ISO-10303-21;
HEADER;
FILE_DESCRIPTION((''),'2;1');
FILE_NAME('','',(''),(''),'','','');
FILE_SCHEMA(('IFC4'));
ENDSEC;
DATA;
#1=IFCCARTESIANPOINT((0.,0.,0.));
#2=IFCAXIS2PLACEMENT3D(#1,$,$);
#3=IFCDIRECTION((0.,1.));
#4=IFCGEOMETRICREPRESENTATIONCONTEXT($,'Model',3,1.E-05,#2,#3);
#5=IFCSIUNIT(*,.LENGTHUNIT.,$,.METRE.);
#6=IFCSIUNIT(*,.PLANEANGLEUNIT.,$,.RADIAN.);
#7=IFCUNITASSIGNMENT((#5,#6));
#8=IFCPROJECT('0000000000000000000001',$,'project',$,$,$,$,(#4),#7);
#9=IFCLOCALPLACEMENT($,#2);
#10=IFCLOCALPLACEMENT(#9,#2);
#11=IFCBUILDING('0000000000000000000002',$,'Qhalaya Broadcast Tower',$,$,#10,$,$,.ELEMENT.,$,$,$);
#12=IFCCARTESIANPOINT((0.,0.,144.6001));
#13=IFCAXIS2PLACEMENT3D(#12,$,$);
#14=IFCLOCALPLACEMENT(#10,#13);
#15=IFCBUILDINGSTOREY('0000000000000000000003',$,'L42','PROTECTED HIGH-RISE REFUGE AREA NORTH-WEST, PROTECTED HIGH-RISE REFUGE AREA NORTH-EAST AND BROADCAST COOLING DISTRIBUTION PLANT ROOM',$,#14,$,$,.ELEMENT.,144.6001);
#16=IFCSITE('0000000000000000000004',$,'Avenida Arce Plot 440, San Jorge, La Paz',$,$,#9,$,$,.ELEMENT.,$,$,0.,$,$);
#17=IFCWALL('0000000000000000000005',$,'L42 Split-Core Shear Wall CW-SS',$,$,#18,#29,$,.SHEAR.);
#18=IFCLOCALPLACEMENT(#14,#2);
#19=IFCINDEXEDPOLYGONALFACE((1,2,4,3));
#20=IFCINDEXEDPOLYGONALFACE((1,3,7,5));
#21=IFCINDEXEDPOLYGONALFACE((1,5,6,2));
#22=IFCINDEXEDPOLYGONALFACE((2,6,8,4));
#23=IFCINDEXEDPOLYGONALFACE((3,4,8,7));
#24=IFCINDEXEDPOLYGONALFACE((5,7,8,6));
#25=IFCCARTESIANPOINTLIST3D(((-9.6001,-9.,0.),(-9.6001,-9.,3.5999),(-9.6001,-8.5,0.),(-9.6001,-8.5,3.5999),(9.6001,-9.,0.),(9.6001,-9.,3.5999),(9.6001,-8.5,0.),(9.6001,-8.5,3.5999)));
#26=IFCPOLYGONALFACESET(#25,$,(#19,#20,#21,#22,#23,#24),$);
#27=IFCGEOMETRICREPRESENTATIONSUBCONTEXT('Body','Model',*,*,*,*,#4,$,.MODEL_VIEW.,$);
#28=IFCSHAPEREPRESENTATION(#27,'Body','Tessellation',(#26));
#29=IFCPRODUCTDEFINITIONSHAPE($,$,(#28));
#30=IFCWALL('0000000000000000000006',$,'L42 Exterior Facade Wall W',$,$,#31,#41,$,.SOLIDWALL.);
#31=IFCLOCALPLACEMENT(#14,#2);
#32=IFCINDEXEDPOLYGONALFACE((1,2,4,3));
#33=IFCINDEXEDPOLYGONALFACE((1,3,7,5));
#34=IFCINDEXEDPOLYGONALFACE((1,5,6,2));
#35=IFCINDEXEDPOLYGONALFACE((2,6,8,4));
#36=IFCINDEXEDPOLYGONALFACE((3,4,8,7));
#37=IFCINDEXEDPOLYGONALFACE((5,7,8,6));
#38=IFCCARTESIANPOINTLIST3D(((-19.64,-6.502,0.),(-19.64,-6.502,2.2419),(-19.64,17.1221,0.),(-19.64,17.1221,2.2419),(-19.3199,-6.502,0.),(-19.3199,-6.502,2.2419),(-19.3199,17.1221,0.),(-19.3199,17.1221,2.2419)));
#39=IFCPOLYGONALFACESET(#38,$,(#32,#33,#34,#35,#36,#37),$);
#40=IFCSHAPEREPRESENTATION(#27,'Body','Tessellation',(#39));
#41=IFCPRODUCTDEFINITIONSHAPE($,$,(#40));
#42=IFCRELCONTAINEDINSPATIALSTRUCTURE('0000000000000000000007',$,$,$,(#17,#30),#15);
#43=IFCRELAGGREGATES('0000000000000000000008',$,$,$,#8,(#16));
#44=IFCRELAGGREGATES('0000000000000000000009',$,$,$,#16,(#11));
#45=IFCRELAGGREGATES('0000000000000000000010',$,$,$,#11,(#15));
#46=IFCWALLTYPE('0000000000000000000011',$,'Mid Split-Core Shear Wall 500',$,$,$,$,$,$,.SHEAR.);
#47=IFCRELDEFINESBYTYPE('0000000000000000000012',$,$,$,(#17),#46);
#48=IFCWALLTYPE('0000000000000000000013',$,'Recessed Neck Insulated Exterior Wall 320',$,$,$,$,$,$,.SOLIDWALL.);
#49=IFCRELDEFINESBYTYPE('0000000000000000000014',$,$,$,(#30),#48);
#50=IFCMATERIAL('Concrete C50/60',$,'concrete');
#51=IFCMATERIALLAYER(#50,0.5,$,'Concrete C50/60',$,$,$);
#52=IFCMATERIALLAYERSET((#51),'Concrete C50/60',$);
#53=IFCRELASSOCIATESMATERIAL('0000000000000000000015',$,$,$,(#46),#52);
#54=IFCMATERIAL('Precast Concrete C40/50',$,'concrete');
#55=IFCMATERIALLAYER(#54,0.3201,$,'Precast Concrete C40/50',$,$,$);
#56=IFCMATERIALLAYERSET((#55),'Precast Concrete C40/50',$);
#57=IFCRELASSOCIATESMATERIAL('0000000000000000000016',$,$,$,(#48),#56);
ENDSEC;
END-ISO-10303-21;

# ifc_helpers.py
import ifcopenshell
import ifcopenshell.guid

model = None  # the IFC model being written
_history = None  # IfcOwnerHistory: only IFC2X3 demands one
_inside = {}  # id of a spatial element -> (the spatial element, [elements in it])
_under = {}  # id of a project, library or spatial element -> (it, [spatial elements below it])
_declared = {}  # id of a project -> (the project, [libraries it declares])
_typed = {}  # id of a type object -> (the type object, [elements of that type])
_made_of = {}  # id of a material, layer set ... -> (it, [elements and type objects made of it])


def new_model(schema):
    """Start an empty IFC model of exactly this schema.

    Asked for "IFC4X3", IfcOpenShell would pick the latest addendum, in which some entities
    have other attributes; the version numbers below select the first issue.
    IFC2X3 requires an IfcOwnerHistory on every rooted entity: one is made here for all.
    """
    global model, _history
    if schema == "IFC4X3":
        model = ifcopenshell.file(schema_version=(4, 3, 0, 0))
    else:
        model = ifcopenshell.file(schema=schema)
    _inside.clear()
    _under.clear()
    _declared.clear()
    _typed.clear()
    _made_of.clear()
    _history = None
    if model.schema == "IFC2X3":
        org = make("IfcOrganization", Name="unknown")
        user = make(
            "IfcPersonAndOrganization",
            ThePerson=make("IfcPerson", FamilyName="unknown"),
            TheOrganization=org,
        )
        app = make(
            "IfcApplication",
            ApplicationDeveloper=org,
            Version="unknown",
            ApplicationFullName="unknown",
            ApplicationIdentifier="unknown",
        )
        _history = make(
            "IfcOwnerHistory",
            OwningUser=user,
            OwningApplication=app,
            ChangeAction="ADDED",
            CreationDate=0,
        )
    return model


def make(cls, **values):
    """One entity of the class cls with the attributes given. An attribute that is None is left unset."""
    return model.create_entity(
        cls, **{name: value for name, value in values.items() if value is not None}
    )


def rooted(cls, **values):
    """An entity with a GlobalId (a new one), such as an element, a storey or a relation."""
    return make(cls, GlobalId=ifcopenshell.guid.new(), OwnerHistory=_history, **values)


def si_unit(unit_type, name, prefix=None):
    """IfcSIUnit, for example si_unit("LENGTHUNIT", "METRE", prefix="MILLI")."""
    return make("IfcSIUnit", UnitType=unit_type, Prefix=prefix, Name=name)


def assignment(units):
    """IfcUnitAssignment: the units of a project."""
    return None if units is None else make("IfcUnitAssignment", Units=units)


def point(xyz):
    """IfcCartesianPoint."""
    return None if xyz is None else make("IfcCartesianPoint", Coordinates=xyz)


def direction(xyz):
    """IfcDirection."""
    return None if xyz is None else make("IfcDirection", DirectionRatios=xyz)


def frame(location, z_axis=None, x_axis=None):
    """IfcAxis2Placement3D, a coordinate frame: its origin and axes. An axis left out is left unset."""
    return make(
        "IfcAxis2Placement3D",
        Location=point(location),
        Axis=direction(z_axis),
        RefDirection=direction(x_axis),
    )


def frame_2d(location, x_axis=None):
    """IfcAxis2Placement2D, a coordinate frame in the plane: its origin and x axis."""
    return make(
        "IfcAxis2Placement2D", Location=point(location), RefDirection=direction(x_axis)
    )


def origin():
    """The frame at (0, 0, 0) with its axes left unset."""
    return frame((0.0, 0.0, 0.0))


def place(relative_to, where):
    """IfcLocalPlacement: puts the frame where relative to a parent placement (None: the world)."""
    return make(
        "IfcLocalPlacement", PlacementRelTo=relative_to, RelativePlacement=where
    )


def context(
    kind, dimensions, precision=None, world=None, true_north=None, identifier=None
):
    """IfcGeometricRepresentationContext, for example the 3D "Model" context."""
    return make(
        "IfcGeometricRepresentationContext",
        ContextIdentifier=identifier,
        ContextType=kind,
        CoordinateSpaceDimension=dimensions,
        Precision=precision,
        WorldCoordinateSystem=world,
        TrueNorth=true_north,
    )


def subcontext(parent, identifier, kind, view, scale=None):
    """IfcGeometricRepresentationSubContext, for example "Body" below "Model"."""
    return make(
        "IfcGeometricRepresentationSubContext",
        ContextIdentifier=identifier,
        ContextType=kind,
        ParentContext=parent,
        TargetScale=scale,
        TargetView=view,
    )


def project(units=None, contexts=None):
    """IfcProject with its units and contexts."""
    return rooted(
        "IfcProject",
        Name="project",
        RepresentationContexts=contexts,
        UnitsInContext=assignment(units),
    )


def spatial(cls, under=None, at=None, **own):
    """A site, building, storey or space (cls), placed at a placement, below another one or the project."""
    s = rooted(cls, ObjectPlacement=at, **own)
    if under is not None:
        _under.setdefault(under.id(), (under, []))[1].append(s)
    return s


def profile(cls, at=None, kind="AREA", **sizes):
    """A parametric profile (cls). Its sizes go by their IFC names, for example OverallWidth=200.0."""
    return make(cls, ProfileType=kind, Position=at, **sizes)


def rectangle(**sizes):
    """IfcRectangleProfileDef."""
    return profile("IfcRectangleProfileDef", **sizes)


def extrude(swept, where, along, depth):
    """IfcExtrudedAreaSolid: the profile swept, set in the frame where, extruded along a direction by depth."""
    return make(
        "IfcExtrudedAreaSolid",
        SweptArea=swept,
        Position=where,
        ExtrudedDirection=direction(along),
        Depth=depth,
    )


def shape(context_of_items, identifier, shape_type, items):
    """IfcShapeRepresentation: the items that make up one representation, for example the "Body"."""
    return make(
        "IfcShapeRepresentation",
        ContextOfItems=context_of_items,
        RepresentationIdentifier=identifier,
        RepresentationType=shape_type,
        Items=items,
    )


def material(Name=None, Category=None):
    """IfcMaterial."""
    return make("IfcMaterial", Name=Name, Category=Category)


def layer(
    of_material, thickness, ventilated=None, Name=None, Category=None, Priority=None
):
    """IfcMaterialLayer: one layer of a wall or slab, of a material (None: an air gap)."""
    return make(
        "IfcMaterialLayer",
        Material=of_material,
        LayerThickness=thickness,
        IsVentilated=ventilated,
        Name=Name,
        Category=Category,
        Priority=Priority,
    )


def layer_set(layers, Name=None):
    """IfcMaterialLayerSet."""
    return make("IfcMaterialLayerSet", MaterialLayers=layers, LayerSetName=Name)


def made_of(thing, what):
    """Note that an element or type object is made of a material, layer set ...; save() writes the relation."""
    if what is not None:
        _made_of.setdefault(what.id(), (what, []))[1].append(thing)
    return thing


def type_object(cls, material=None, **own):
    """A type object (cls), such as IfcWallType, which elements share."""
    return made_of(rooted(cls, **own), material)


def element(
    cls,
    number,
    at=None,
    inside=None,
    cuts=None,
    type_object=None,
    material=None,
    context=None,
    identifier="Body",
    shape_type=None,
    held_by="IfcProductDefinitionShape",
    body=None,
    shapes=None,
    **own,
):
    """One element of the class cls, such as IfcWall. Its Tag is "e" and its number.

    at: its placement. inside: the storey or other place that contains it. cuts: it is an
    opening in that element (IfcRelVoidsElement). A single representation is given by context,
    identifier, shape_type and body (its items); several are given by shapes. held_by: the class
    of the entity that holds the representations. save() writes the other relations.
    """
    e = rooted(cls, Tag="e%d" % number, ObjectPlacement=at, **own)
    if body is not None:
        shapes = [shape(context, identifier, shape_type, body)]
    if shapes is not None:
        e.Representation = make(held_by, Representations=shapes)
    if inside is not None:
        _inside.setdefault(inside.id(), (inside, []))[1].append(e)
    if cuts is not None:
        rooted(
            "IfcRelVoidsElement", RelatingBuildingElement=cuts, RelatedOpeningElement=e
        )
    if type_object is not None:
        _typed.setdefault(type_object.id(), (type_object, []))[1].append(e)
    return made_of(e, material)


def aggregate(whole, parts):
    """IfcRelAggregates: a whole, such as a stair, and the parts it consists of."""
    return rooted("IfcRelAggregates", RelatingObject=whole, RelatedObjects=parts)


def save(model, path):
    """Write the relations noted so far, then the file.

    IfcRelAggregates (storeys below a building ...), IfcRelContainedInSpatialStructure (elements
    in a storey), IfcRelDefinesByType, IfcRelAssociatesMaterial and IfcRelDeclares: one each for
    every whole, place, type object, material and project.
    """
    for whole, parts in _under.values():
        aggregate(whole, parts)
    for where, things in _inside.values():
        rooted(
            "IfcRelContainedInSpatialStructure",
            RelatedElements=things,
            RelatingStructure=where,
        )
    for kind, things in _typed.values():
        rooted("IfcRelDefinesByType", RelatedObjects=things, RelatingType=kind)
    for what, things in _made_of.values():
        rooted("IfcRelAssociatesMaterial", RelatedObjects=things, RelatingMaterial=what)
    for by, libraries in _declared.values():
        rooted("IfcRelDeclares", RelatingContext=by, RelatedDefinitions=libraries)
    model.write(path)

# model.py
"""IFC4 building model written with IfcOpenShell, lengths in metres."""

from ifc_helpers import new_model, si_unit, direction, frame, frame_2d, origin, place, context, subcontext, project, spatial, rectangle, extrude, material, layer, layer_set, type_object, element, save


model = new_model("IFC4")

# Units and contexts
model_context = context("Model", 3, precision=1e-05, world=origin(), true_north=direction((0.0, 1.0)))
body_context = subcontext(model_context, "Body", "Model", "MODEL_VIEW")
ifc_project = project(units=[si_unit("LENGTHUNIT", "METRE"), si_unit("PLANEANGLEUNIT", "RADIAN")], contexts=[model_context])

# Site, building, storey
site_placement = place(None, origin())
site = spatial("IfcSite", under=ifc_project, at=site_placement, Name="Avenida Arce Plot 440, San Jorge, La Paz", CompositionType="ELEMENT", RefElevation=0.0)
building_placement = place(site_placement, origin())
building = spatial("IfcBuilding", under=site, at=building_placement, Name="Qhalaya Broadcast Tower", CompositionType="ELEMENT")
storey_placement = place(building_placement, frame((0.0, 0.0, 144.6001)))
storey = spatial("IfcBuildingStorey", under=building, at=storey_placement, Name="L42", Description="PROTECTED HIGH-RISE REFUGE AREA NORTH-WEST, PROTECTED HIGH-RISE REFUGE AREA NORTH-EAST AND BROADCAST COOLING DISTRIBUTION PLANT ROOM", CompositionType="ELEMENT", Elevation=144.6001)

# Wall
ifc_material_1 = material(Name="Concrete C50/60", Category="concrete")
ifc_layer_1 = layer(ifc_material_1, 0.5, Name="Concrete C50/60")
ifc_layer_set_1 = layer_set([ifc_layer_1], Name="Concrete C50/60")
wall_type_1 = type_object("IfcWallType", Name="Mid Split-Core Shear Wall 500", PredefinedType="SHEAR", material=ifc_layer_set_1)
wall_1_placement = place(storey_placement, frame((-9.6001, -8.75, 0.0), z_axis=(0.0, 0.0, 1.0), x_axis=(1.0, 0.0, 0.0)))
element("IfcWall", 1, at=wall_1_placement, inside=storey, type_object=wall_type_1, Name="L42 Split-Core Shear Wall CW-SS", PredefinedType="SHEAR", context=body_context, shape_type="SweptSolid", body=[
    extrude(rectangle(XDim=19.2002, YDim=0.5, at=frame_2d((9.6001, 0.0))), origin(), (0.0, 0.0, 1.0), 3.5999),
])

# Wall
ifc_material_2 = material(Name="Precast Concrete C40/50", Category="concrete")
ifc_layer_2 = layer(ifc_material_2, 0.3201, Name="Precast Concrete C40/50")
ifc_layer_set_2 = layer_set([ifc_layer_2], Name="Precast Concrete C40/50")
wall_type_2 = type_object("IfcWallType", Name="Recessed Neck Insulated Exterior Wall 320", PredefinedType="SOLIDWALL", material=ifc_layer_set_2)
wall_2_placement = place(storey_placement, frame((-19.48, -6.502, 0.0), z_axis=(0.0, 0.0, 1.0), x_axis=(0.0, 1.0, 0.0)))
element("IfcWall", 2, at=wall_2_placement, inside=storey, type_object=wall_type_2, Name="L42 Exterior Facade Wall W", PredefinedType="SOLIDWALL", context=body_context, shape_type="SweptSolid", body=[
    extrude(rectangle(XDim=23.624, YDim=0.3201, at=frame_2d((11.812, 0.0))), origin(), (0.0, 0.0, 1.0), 2.2419),
])

save(model, "model.ifc")
